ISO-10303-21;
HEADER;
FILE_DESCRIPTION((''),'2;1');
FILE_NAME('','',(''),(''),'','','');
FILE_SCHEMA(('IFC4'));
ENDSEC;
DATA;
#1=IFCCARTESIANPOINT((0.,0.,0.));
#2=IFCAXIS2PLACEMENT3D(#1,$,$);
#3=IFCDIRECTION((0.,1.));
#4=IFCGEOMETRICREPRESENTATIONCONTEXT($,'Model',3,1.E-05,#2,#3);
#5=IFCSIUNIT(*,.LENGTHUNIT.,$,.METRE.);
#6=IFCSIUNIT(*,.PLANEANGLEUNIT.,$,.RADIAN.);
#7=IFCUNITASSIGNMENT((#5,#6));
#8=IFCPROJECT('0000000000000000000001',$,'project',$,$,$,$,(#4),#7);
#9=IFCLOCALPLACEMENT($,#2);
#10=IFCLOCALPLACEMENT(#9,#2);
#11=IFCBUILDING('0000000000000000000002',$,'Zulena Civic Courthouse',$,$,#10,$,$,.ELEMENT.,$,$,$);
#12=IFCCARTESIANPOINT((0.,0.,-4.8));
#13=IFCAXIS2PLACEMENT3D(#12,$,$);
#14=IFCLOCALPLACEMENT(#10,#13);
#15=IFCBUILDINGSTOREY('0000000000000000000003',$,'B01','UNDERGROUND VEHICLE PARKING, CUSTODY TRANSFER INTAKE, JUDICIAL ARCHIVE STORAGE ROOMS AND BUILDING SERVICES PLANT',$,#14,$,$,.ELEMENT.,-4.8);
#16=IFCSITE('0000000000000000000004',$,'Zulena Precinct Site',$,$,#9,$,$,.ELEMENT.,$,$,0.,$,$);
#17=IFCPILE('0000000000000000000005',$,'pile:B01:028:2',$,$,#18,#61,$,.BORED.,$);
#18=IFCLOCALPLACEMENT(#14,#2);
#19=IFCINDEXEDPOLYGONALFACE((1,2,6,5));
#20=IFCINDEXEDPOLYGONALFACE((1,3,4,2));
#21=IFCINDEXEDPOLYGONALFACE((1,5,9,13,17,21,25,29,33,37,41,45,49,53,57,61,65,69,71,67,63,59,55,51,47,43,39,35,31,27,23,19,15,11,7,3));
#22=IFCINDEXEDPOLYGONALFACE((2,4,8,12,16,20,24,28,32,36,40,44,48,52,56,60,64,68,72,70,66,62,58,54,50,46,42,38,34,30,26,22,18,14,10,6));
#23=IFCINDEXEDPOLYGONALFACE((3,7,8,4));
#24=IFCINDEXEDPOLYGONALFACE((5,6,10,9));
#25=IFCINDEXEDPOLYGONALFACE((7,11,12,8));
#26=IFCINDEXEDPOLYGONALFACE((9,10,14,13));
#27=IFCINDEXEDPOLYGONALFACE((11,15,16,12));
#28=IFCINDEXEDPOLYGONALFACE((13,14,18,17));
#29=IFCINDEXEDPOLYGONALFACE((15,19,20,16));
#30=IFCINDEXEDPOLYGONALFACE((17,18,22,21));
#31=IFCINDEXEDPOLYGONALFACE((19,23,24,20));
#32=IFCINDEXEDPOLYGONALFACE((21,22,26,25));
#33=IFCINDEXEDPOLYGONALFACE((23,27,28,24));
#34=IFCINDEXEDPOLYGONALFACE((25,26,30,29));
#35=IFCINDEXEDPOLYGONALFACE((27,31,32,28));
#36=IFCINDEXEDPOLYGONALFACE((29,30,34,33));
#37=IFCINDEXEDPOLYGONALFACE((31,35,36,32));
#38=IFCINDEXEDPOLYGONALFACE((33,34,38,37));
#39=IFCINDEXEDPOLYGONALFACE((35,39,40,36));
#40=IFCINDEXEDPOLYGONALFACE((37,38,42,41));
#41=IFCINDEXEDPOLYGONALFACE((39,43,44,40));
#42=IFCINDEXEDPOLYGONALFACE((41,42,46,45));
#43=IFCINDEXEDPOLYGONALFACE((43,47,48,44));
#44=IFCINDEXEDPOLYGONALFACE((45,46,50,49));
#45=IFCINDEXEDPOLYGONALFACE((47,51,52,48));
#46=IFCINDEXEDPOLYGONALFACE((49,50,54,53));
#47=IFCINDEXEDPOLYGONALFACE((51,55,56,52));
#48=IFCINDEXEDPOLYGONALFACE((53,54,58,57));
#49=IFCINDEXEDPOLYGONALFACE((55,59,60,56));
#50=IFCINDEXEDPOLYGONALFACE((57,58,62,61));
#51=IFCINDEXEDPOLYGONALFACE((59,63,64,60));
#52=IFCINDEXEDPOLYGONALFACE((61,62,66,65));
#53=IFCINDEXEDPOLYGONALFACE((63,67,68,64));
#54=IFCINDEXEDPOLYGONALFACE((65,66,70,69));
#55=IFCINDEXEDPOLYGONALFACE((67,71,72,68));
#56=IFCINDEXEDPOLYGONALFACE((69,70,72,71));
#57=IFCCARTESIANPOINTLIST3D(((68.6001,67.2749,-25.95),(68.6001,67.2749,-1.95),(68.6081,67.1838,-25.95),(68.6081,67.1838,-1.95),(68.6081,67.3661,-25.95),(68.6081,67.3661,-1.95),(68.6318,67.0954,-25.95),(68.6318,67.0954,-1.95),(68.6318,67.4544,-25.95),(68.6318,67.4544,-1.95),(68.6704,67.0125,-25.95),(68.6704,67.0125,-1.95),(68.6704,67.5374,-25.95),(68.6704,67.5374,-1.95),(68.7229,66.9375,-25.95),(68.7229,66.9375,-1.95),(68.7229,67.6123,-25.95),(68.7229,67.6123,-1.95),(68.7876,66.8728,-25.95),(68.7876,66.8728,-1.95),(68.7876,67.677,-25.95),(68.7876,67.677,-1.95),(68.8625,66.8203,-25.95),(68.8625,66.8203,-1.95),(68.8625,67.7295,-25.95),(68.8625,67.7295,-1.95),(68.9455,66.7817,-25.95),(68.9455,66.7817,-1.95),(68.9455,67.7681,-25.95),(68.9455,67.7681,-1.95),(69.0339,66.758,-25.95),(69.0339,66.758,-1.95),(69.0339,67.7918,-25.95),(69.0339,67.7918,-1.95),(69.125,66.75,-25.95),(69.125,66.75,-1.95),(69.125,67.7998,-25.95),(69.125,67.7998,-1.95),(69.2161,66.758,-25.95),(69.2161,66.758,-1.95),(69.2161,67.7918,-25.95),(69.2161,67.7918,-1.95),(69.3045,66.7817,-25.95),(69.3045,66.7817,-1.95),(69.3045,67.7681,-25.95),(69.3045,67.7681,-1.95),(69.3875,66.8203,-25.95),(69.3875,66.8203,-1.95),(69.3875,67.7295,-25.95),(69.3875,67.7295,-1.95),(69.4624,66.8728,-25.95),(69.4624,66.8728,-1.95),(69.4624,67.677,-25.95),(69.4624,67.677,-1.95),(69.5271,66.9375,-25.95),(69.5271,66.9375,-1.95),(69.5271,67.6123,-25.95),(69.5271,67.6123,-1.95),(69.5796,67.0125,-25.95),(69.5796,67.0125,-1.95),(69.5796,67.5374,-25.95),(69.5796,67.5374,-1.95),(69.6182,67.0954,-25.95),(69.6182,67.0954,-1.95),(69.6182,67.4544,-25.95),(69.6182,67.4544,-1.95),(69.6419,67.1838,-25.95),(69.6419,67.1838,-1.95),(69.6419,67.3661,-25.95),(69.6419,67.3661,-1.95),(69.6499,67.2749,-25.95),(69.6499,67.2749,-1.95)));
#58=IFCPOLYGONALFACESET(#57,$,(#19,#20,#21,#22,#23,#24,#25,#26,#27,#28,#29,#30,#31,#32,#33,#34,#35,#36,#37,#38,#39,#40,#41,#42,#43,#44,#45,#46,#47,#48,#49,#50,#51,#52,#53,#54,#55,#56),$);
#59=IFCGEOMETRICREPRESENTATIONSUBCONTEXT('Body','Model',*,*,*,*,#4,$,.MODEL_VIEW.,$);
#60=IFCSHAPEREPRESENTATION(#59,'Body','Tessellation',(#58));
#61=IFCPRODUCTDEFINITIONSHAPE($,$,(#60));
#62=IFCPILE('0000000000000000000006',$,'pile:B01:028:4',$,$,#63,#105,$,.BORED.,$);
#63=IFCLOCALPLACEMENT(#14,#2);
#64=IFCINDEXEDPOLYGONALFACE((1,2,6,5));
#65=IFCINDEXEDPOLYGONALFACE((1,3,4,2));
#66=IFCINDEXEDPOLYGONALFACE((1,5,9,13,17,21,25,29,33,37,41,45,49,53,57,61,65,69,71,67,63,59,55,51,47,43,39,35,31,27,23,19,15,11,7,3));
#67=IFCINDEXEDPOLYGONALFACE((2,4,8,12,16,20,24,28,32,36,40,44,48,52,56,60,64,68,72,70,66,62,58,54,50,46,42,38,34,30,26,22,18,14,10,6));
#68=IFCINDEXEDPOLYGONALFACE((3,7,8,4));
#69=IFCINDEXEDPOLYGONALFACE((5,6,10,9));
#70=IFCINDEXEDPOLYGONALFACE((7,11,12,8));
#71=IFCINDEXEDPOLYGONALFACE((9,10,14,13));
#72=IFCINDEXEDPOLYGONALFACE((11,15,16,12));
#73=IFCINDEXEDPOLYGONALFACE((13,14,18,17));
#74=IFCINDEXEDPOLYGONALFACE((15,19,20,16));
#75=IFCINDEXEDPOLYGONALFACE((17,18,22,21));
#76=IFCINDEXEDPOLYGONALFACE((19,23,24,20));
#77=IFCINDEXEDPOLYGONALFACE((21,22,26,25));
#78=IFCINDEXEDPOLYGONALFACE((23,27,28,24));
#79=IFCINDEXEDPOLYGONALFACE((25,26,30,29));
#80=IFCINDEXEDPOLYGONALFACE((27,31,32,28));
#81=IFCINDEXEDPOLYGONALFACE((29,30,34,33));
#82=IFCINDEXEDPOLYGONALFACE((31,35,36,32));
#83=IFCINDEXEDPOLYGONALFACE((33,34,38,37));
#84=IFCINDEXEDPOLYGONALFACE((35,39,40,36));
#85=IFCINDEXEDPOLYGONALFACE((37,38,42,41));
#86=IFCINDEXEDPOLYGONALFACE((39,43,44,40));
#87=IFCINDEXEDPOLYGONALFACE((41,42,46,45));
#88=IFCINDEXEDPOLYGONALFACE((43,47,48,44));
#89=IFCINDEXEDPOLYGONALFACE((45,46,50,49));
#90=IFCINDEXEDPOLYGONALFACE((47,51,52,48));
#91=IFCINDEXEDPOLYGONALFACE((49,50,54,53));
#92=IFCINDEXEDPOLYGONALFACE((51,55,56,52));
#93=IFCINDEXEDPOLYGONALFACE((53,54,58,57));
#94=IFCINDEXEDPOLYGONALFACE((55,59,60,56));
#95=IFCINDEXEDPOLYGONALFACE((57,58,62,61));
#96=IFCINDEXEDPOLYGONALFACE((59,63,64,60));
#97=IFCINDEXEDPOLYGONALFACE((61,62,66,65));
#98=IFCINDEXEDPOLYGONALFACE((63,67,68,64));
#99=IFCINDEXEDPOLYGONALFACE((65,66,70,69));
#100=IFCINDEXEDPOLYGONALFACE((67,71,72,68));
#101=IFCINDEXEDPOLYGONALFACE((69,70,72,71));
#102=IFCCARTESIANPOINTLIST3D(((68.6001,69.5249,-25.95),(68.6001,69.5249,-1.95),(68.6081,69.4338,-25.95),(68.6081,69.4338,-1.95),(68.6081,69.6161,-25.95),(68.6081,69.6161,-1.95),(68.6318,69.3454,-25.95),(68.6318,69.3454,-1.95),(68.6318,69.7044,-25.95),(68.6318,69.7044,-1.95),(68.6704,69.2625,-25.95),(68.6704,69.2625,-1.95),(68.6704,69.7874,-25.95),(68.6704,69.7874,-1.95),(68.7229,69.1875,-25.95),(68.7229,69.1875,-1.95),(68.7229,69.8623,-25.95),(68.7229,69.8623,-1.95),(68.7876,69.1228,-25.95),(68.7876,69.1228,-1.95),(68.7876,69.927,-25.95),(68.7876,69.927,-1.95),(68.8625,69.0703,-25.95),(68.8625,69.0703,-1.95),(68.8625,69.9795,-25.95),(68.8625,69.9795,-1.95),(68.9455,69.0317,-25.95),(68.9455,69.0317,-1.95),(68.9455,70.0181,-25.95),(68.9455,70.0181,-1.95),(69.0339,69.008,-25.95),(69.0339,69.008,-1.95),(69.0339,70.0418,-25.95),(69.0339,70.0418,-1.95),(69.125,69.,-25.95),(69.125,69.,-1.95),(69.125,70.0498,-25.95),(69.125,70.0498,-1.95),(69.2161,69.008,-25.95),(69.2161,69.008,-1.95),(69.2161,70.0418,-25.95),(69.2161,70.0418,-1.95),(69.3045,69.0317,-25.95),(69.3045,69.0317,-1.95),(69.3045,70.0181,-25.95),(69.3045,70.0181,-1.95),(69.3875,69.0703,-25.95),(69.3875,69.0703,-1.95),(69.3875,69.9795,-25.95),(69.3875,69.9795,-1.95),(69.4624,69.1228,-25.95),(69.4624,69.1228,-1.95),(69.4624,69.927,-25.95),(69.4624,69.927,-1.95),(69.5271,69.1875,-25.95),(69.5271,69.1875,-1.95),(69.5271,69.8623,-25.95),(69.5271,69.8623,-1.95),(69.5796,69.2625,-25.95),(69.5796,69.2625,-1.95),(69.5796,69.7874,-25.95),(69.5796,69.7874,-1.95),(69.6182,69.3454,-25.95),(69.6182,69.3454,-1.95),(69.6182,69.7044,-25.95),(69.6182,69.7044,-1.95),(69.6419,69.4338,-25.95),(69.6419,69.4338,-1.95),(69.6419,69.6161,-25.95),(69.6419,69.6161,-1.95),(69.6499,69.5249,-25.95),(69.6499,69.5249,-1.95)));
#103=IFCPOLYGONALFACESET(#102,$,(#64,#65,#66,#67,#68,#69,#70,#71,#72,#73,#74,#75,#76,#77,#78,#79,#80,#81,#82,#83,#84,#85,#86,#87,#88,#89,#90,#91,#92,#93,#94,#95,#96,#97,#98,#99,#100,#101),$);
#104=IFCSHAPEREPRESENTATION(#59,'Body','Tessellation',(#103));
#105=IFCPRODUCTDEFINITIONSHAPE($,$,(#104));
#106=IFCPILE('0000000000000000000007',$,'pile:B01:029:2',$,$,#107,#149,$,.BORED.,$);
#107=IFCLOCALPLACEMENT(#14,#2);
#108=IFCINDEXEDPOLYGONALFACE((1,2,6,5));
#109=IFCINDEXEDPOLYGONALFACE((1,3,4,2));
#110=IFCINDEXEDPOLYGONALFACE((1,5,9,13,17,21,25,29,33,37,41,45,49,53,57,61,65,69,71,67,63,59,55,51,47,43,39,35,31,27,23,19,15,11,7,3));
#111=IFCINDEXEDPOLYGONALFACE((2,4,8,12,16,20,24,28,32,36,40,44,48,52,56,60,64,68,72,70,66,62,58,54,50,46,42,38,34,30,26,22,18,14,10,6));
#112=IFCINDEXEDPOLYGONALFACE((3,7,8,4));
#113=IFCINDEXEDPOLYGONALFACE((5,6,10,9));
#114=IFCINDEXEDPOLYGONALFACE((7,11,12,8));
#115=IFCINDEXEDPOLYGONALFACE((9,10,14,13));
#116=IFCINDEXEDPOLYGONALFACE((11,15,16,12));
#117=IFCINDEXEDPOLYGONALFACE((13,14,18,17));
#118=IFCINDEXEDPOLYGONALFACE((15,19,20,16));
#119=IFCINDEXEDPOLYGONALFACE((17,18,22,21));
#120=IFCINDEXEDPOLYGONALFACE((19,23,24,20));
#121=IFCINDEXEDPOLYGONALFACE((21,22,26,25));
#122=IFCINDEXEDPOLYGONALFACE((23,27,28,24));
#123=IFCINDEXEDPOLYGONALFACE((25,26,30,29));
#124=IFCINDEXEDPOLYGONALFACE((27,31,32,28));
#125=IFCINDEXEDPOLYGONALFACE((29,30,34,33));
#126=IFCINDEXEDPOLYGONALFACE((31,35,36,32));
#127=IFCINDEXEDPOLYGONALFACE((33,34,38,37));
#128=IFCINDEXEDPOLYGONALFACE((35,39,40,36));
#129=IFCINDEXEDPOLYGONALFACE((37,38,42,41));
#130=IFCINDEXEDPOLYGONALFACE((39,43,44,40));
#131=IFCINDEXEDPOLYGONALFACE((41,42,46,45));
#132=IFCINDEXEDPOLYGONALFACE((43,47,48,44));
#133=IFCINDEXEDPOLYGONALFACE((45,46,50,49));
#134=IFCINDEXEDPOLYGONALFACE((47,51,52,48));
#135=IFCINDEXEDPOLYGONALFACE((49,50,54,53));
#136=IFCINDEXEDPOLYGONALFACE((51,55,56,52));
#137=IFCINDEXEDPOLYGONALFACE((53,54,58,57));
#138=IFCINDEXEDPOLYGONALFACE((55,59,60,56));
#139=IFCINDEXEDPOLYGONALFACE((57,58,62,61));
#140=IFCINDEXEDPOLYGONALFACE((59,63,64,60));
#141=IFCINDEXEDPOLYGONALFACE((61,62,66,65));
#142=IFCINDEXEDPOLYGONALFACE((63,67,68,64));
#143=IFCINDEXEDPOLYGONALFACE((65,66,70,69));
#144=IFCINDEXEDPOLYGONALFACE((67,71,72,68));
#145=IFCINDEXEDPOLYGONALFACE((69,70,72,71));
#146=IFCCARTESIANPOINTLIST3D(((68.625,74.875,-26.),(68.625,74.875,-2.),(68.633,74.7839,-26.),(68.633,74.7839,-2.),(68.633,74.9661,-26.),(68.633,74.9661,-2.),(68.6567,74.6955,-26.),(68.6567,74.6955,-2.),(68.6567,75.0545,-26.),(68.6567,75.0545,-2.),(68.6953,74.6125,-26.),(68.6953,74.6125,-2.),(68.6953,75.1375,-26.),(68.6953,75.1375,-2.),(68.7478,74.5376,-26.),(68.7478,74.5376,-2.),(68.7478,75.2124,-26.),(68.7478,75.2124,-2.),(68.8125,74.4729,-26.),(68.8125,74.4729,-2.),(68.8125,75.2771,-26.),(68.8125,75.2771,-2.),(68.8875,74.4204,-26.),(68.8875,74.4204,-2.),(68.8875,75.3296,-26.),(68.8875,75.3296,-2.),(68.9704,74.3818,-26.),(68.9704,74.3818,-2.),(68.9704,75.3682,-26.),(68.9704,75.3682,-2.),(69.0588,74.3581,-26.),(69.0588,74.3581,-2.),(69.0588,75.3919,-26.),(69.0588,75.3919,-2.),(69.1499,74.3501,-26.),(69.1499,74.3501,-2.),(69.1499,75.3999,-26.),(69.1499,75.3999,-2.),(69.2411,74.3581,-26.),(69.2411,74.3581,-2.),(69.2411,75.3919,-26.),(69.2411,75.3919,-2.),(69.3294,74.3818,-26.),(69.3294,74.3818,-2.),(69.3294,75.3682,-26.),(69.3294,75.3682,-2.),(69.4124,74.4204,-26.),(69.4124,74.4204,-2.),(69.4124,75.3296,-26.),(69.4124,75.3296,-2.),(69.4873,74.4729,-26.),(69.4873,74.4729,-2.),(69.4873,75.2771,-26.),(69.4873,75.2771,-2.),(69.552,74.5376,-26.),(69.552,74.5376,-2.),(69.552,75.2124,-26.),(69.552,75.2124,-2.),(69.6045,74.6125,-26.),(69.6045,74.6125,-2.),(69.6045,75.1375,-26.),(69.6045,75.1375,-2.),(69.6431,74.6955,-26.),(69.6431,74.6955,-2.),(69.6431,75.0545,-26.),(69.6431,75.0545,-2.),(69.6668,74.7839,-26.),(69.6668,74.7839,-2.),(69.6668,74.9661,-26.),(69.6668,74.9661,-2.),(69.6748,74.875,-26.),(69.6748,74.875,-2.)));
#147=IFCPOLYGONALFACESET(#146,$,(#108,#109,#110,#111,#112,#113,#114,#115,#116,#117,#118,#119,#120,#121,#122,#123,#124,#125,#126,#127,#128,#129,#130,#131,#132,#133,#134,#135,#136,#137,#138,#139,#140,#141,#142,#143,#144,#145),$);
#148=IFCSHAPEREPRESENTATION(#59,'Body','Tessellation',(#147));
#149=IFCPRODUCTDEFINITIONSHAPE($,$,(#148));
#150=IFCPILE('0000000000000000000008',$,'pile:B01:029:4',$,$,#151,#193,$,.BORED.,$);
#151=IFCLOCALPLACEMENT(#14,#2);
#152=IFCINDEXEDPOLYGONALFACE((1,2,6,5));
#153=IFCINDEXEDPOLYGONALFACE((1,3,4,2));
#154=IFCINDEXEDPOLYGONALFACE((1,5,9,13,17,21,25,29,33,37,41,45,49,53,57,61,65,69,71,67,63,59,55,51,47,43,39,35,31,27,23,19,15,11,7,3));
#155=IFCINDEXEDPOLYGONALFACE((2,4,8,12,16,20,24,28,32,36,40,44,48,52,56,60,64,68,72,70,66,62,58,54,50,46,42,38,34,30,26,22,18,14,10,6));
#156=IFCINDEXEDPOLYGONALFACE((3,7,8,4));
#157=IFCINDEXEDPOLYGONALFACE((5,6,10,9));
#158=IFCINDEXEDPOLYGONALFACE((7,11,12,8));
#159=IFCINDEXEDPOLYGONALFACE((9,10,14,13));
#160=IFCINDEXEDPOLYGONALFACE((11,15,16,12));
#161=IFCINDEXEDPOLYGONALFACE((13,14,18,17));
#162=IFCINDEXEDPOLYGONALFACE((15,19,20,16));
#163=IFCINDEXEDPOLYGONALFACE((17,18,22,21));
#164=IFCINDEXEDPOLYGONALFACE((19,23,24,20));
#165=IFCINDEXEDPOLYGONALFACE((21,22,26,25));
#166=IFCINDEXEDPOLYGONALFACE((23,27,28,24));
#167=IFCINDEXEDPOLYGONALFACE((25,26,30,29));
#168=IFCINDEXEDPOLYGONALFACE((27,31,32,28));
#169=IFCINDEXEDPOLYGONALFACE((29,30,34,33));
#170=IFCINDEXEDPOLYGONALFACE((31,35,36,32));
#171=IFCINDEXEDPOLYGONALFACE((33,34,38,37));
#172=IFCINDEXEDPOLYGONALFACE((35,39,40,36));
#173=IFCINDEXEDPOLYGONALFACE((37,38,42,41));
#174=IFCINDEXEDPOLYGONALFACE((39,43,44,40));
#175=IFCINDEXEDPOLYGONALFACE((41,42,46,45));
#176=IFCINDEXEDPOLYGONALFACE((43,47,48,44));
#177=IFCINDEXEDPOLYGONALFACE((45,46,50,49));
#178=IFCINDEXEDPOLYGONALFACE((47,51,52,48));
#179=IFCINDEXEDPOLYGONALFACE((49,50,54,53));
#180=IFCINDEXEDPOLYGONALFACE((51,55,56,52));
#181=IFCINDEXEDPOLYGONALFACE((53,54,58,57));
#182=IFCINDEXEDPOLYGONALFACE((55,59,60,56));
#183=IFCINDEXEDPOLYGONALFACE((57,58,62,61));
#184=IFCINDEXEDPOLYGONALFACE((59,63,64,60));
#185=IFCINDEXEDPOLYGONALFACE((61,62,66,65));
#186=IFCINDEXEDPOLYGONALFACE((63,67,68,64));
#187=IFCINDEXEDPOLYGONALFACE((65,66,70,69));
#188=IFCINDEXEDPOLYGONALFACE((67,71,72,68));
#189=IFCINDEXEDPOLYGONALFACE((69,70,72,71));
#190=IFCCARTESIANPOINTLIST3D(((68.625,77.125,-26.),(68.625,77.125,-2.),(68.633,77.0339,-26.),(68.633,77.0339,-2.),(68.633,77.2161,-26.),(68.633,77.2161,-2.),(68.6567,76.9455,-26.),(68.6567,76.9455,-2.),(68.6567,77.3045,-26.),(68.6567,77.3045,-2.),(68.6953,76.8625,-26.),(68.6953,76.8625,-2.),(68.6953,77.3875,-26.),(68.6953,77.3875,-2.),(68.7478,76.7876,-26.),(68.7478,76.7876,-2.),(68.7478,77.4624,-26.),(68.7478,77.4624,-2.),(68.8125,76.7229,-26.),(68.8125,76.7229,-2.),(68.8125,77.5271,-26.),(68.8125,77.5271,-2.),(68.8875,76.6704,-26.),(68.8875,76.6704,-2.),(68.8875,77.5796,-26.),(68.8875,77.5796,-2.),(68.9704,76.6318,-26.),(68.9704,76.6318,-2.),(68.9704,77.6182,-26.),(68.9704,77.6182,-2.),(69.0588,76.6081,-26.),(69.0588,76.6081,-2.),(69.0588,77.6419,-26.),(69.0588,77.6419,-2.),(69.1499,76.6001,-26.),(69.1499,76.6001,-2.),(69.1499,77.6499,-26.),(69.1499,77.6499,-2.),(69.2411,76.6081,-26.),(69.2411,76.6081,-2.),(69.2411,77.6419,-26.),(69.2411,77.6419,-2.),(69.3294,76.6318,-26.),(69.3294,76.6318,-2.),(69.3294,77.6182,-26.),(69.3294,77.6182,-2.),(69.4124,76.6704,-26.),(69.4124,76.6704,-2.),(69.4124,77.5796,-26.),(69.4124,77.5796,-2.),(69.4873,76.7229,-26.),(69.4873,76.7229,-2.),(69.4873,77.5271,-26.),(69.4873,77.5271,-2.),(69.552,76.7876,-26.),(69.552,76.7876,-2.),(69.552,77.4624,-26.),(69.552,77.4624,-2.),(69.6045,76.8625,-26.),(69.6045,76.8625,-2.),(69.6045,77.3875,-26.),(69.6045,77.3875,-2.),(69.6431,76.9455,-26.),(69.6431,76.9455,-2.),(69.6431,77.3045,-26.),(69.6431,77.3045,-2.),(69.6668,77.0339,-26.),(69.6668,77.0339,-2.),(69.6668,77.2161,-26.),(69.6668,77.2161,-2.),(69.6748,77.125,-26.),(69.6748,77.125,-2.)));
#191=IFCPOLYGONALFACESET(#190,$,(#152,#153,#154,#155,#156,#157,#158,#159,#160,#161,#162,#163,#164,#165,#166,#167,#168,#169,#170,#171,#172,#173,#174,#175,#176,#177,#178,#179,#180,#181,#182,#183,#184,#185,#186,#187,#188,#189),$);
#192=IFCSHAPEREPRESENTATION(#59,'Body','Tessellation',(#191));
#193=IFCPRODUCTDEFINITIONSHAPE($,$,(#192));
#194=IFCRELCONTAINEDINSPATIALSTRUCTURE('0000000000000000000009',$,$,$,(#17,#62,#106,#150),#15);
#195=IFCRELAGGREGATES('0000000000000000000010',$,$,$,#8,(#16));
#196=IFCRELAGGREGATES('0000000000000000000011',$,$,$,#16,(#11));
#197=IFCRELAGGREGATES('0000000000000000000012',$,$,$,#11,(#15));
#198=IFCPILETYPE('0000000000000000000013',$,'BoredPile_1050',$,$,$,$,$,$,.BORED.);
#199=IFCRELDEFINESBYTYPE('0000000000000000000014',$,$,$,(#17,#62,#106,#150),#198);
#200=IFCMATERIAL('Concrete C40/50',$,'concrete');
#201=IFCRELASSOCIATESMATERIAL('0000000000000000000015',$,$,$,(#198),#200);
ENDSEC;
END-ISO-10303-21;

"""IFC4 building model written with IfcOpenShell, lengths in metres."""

from ifc_helpers import new_model, si_unit, direction, frame, origin, origin_2d, place, context, subcontext, project, spatial, circle, extrude, material, material_profile, profile_set, type_object, element, save


model = new_model("IFC4")

# Units and contexts
model_context = context("Model", 3, precision=1e-05, world=origin(), true_north=direction((0.0, 1.0)))
body_context = subcontext(model_context, "Body", "Model", "MODEL_VIEW")
ifc_project = project(units=[si_unit("LENGTHUNIT", "METRE"), si_unit("PLANEANGLEUNIT", "RADIAN")], contexts=[model_context])

# Site, building, storey
site_placement = place(None, origin())
site = spatial("IfcSite", under=ifc_project, at=site_placement, Name="Zulena Precinct Site", CompositionType="ELEMENT", RefElevation=0.0)
building_placement = place(site_placement, origin())
building = spatial("IfcBuilding", under=site, at=building_placement, Name="Zulena Civic Courthouse", CompositionType="ELEMENT")
storey_placement = place(building_placement, frame((0.0, 0.0, -4.8)))
storey = spatial("IfcBuildingStorey", under=building, at=storey_placement, Name="B01", Description="UNDERGROUND VEHICLE PARKING, CUSTODY TRANSFER INTAKE, JUDICIAL ARCHIVE STORAGE ROOMS AND BUILDING SERVICES PLANT", CompositionType="ELEMENT", Elevation=-4.8)

# Piles
ifc_material_1 = material(Name="Concrete C40/50", Category="concrete")
ifc_material_profile_1 = material_profile(ifc_material_1, circle(Radius=0.5249, at=origin_2d()), Name="PILE1050")
ifc_profile_set_1 = profile_set([ifc_material_profile_1], Name="Concrete C40/50")
pile_type_1 = type_object("IfcPileType", Name="BoredPile_1050", PredefinedType="BORED", material=ifc_profile_set_1)
for number, where, z_axis, x_axis, name in (
    (1, (69.125, 67.2749, -1.95), (0.0, 0.0, -1.0), (1.0, 0.0, 0.0), "pile:B01:028:2"),
    (2, (69.125, 69.5249, -1.95), (0.0, 0.0, -1.0), (1.0, 0.0, 0.0), "pile:B01:028:4"),
    (3, (69.1499, 74.875, -2.0), (0.0, 0.0, -1.0), (1.0, 0.0, 0.0), "pile:B01:029:2"),
    (4, (69.1499, 77.125, -2.0), (0.0, 0.0, -1.0), (1.0, 0.0, 0.0), "pile:B01:029:4"),
):
    element("IfcPile", number, at=place(storey_placement, frame(where, z_axis=z_axis, x_axis=x_axis)), inside=storey, type_object=pile_type_1, Name=name, PredefinedType="BORED", context=body_context, shape_type="SweptSolid", body=[
        extrude(circle(Radius=0.5249, at=origin_2d()), origin(), (0.0, 0.0, 1.0), 24.0),
    ])

save(model, "model.ifc")
